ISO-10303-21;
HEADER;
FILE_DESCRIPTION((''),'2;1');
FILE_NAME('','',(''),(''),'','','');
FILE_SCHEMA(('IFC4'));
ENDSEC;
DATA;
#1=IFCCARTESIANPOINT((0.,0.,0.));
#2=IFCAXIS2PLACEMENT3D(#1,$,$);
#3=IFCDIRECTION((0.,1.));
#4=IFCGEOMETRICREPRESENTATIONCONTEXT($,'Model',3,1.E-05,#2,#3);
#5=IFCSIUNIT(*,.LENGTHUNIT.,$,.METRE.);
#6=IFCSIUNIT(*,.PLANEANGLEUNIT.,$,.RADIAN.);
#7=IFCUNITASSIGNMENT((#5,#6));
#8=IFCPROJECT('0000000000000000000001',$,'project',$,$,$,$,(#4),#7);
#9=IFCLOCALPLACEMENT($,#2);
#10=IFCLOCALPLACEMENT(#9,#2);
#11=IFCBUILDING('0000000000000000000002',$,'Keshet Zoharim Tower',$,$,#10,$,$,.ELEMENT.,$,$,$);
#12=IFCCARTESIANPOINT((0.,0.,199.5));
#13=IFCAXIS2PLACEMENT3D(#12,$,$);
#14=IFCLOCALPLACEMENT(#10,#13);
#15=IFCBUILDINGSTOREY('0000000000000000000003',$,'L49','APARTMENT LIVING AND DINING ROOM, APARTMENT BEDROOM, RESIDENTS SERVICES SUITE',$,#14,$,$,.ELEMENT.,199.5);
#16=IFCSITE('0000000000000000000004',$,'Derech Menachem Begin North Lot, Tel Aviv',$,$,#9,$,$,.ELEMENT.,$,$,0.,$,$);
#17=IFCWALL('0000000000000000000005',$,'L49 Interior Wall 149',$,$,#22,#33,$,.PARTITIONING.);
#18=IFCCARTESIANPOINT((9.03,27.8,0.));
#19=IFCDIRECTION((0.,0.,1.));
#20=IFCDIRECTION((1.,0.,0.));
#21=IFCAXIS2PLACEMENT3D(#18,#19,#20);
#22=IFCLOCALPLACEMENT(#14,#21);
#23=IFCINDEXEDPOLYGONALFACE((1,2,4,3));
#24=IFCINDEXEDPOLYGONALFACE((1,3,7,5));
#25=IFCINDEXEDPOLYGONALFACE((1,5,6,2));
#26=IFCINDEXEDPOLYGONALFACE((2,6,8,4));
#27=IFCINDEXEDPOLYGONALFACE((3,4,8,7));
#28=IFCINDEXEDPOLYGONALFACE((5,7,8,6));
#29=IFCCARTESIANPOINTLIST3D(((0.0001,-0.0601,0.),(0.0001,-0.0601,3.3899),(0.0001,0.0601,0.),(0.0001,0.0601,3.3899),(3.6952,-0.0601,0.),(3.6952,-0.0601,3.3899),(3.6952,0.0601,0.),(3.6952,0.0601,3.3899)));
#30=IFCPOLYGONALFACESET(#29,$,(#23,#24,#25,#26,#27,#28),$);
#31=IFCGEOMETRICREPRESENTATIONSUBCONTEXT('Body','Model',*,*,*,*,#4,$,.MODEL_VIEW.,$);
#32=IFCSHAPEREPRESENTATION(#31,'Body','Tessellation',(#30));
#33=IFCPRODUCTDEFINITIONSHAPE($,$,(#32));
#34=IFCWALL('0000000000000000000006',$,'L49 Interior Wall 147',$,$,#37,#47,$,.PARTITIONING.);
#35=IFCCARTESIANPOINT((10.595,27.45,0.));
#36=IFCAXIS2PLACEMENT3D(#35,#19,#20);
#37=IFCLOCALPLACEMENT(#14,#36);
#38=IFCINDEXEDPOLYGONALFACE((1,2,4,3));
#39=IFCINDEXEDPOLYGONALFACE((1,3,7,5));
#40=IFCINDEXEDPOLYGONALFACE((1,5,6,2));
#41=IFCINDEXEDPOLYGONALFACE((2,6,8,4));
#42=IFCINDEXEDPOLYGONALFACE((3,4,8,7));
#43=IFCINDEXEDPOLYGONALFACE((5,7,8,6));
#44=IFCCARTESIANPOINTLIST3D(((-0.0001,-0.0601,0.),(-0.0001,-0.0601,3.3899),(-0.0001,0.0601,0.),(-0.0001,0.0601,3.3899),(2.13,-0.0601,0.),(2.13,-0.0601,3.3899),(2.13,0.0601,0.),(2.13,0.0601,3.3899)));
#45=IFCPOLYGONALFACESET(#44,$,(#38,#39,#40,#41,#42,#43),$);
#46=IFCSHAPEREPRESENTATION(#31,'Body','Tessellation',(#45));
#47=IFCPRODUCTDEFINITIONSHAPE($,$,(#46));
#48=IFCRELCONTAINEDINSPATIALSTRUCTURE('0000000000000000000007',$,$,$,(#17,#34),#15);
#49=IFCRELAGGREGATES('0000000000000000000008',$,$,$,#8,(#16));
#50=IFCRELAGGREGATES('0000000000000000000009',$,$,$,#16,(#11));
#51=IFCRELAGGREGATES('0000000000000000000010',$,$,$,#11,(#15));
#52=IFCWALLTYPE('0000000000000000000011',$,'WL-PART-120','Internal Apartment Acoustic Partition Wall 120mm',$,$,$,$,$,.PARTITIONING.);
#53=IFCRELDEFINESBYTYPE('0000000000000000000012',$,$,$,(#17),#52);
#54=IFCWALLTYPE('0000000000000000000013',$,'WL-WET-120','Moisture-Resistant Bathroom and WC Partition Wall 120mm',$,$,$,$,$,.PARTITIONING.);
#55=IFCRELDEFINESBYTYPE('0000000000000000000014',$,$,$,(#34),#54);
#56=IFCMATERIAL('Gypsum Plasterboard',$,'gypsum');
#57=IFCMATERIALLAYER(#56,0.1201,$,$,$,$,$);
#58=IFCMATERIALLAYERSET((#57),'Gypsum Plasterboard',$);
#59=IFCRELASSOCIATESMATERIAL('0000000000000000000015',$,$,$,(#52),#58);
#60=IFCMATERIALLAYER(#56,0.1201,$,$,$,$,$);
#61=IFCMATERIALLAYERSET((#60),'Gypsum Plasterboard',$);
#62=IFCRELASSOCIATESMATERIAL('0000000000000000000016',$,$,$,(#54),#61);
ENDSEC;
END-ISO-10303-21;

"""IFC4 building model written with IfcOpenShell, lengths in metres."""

from ifc_helpers import new_model, si_unit, direction, frame, frame_2d, origin, place, context, subcontext, project, spatial, rectangle, extrude, material, layer, layer_set, type_object, element, save


model = new_model("IFC4")

# Units and contexts
model_context = context("Model", 3, precision=1e-05, world=origin(), true_north=direction((0.0, 1.0)))
body_context = subcontext(model_context, "Body", "Model", "MODEL_VIEW")
ifc_project = project(units=[si_unit("LENGTHUNIT", "METRE"), si_unit("PLANEANGLEUNIT", "RADIAN")], contexts=[model_context])

# Site, building, storey
site_placement = place(None, origin())
site = spatial("IfcSite", under=ifc_project, at=site_placement, Name="Derech Menachem Begin North Lot, Tel Aviv", CompositionType="ELEMENT", RefElevation=0.0)
building_placement = place(site_placement, origin())
building = spatial("IfcBuilding", under=site, at=building_placement, Name="Keshet Zoharim Tower", CompositionType="ELEMENT")
storey_placement = place(building_placement, frame((0.0, 0.0, 199.5)))
storey = spatial("IfcBuildingStorey", under=building, at=storey_placement, Name="L49", Description="APARTMENT LIVING AND DINING ROOM, APARTMENT BEDROOM, RESIDENTS SERVICES SUITE", CompositionType="ELEMENT", Elevation=199.5)

# Shared definitions
ifc_material_1 = material(Name="Gypsum Plasterboard", Category="gypsum")

# Wall
ifc_layer_1 = layer(ifc_material_1, 0.1201)
ifc_layer_set_1 = layer_set([ifc_layer_1], Name="Gypsum Plasterboard")
wall_type_1 = type_object("IfcWallType", Name="WL-PART-120", Description="Internal Apartment Acoustic Partition Wall 120mm", PredefinedType="PARTITIONING", material=ifc_layer_set_1)
wall_1_placement = place(storey_placement, frame((9.03, 27.8, 0.0), z_axis=(0.0, 0.0, 1.0), x_axis=(1.0, 0.0, 0.0)))
element("IfcWall", 1, at=wall_1_placement, inside=storey, type_object=wall_type_1, Name="L49 Interior Wall 149", PredefinedType="PARTITIONING", context=body_context, shape_type="SweptSolid", body=[
    extrude(rectangle(XDim=3.6951, YDim=0.1201, at=frame_2d((1.8477, 0.0))), origin(), (0.0, 0.0, 1.0), 3.3899),
])

# Wall
ifc_layer_2 = layer(ifc_material_1, 0.1201)
ifc_layer_set_2 = layer_set([ifc_layer_2], Name="Gypsum Plasterboard")
wall_type_2 = type_object("IfcWallType", Name="WL-WET-120", Description="Moisture-Resistant Bathroom and WC Partition Wall 120mm", PredefinedType="PARTITIONING", material=ifc_layer_set_2)
wall_2_placement = place(storey_placement, frame((10.595, 27.45, 0.0), z_axis=(0.0, 0.0, 1.0), x_axis=(1.0, 0.0, 0.0)))
element("IfcWall", 2, at=wall_2_placement, inside=storey, type_object=wall_type_2, Name="L49 Interior Wall 147", PredefinedType="PARTITIONING", context=body_context, shape_type="SweptSolid", body=[
    extrude(rectangle(XDim=2.1301, YDim=0.1201, at=frame_2d((1.0649, 0.0))), origin(), (0.0, 0.0, 1.0), 3.3899),
])

save(model, "model.ifc")
